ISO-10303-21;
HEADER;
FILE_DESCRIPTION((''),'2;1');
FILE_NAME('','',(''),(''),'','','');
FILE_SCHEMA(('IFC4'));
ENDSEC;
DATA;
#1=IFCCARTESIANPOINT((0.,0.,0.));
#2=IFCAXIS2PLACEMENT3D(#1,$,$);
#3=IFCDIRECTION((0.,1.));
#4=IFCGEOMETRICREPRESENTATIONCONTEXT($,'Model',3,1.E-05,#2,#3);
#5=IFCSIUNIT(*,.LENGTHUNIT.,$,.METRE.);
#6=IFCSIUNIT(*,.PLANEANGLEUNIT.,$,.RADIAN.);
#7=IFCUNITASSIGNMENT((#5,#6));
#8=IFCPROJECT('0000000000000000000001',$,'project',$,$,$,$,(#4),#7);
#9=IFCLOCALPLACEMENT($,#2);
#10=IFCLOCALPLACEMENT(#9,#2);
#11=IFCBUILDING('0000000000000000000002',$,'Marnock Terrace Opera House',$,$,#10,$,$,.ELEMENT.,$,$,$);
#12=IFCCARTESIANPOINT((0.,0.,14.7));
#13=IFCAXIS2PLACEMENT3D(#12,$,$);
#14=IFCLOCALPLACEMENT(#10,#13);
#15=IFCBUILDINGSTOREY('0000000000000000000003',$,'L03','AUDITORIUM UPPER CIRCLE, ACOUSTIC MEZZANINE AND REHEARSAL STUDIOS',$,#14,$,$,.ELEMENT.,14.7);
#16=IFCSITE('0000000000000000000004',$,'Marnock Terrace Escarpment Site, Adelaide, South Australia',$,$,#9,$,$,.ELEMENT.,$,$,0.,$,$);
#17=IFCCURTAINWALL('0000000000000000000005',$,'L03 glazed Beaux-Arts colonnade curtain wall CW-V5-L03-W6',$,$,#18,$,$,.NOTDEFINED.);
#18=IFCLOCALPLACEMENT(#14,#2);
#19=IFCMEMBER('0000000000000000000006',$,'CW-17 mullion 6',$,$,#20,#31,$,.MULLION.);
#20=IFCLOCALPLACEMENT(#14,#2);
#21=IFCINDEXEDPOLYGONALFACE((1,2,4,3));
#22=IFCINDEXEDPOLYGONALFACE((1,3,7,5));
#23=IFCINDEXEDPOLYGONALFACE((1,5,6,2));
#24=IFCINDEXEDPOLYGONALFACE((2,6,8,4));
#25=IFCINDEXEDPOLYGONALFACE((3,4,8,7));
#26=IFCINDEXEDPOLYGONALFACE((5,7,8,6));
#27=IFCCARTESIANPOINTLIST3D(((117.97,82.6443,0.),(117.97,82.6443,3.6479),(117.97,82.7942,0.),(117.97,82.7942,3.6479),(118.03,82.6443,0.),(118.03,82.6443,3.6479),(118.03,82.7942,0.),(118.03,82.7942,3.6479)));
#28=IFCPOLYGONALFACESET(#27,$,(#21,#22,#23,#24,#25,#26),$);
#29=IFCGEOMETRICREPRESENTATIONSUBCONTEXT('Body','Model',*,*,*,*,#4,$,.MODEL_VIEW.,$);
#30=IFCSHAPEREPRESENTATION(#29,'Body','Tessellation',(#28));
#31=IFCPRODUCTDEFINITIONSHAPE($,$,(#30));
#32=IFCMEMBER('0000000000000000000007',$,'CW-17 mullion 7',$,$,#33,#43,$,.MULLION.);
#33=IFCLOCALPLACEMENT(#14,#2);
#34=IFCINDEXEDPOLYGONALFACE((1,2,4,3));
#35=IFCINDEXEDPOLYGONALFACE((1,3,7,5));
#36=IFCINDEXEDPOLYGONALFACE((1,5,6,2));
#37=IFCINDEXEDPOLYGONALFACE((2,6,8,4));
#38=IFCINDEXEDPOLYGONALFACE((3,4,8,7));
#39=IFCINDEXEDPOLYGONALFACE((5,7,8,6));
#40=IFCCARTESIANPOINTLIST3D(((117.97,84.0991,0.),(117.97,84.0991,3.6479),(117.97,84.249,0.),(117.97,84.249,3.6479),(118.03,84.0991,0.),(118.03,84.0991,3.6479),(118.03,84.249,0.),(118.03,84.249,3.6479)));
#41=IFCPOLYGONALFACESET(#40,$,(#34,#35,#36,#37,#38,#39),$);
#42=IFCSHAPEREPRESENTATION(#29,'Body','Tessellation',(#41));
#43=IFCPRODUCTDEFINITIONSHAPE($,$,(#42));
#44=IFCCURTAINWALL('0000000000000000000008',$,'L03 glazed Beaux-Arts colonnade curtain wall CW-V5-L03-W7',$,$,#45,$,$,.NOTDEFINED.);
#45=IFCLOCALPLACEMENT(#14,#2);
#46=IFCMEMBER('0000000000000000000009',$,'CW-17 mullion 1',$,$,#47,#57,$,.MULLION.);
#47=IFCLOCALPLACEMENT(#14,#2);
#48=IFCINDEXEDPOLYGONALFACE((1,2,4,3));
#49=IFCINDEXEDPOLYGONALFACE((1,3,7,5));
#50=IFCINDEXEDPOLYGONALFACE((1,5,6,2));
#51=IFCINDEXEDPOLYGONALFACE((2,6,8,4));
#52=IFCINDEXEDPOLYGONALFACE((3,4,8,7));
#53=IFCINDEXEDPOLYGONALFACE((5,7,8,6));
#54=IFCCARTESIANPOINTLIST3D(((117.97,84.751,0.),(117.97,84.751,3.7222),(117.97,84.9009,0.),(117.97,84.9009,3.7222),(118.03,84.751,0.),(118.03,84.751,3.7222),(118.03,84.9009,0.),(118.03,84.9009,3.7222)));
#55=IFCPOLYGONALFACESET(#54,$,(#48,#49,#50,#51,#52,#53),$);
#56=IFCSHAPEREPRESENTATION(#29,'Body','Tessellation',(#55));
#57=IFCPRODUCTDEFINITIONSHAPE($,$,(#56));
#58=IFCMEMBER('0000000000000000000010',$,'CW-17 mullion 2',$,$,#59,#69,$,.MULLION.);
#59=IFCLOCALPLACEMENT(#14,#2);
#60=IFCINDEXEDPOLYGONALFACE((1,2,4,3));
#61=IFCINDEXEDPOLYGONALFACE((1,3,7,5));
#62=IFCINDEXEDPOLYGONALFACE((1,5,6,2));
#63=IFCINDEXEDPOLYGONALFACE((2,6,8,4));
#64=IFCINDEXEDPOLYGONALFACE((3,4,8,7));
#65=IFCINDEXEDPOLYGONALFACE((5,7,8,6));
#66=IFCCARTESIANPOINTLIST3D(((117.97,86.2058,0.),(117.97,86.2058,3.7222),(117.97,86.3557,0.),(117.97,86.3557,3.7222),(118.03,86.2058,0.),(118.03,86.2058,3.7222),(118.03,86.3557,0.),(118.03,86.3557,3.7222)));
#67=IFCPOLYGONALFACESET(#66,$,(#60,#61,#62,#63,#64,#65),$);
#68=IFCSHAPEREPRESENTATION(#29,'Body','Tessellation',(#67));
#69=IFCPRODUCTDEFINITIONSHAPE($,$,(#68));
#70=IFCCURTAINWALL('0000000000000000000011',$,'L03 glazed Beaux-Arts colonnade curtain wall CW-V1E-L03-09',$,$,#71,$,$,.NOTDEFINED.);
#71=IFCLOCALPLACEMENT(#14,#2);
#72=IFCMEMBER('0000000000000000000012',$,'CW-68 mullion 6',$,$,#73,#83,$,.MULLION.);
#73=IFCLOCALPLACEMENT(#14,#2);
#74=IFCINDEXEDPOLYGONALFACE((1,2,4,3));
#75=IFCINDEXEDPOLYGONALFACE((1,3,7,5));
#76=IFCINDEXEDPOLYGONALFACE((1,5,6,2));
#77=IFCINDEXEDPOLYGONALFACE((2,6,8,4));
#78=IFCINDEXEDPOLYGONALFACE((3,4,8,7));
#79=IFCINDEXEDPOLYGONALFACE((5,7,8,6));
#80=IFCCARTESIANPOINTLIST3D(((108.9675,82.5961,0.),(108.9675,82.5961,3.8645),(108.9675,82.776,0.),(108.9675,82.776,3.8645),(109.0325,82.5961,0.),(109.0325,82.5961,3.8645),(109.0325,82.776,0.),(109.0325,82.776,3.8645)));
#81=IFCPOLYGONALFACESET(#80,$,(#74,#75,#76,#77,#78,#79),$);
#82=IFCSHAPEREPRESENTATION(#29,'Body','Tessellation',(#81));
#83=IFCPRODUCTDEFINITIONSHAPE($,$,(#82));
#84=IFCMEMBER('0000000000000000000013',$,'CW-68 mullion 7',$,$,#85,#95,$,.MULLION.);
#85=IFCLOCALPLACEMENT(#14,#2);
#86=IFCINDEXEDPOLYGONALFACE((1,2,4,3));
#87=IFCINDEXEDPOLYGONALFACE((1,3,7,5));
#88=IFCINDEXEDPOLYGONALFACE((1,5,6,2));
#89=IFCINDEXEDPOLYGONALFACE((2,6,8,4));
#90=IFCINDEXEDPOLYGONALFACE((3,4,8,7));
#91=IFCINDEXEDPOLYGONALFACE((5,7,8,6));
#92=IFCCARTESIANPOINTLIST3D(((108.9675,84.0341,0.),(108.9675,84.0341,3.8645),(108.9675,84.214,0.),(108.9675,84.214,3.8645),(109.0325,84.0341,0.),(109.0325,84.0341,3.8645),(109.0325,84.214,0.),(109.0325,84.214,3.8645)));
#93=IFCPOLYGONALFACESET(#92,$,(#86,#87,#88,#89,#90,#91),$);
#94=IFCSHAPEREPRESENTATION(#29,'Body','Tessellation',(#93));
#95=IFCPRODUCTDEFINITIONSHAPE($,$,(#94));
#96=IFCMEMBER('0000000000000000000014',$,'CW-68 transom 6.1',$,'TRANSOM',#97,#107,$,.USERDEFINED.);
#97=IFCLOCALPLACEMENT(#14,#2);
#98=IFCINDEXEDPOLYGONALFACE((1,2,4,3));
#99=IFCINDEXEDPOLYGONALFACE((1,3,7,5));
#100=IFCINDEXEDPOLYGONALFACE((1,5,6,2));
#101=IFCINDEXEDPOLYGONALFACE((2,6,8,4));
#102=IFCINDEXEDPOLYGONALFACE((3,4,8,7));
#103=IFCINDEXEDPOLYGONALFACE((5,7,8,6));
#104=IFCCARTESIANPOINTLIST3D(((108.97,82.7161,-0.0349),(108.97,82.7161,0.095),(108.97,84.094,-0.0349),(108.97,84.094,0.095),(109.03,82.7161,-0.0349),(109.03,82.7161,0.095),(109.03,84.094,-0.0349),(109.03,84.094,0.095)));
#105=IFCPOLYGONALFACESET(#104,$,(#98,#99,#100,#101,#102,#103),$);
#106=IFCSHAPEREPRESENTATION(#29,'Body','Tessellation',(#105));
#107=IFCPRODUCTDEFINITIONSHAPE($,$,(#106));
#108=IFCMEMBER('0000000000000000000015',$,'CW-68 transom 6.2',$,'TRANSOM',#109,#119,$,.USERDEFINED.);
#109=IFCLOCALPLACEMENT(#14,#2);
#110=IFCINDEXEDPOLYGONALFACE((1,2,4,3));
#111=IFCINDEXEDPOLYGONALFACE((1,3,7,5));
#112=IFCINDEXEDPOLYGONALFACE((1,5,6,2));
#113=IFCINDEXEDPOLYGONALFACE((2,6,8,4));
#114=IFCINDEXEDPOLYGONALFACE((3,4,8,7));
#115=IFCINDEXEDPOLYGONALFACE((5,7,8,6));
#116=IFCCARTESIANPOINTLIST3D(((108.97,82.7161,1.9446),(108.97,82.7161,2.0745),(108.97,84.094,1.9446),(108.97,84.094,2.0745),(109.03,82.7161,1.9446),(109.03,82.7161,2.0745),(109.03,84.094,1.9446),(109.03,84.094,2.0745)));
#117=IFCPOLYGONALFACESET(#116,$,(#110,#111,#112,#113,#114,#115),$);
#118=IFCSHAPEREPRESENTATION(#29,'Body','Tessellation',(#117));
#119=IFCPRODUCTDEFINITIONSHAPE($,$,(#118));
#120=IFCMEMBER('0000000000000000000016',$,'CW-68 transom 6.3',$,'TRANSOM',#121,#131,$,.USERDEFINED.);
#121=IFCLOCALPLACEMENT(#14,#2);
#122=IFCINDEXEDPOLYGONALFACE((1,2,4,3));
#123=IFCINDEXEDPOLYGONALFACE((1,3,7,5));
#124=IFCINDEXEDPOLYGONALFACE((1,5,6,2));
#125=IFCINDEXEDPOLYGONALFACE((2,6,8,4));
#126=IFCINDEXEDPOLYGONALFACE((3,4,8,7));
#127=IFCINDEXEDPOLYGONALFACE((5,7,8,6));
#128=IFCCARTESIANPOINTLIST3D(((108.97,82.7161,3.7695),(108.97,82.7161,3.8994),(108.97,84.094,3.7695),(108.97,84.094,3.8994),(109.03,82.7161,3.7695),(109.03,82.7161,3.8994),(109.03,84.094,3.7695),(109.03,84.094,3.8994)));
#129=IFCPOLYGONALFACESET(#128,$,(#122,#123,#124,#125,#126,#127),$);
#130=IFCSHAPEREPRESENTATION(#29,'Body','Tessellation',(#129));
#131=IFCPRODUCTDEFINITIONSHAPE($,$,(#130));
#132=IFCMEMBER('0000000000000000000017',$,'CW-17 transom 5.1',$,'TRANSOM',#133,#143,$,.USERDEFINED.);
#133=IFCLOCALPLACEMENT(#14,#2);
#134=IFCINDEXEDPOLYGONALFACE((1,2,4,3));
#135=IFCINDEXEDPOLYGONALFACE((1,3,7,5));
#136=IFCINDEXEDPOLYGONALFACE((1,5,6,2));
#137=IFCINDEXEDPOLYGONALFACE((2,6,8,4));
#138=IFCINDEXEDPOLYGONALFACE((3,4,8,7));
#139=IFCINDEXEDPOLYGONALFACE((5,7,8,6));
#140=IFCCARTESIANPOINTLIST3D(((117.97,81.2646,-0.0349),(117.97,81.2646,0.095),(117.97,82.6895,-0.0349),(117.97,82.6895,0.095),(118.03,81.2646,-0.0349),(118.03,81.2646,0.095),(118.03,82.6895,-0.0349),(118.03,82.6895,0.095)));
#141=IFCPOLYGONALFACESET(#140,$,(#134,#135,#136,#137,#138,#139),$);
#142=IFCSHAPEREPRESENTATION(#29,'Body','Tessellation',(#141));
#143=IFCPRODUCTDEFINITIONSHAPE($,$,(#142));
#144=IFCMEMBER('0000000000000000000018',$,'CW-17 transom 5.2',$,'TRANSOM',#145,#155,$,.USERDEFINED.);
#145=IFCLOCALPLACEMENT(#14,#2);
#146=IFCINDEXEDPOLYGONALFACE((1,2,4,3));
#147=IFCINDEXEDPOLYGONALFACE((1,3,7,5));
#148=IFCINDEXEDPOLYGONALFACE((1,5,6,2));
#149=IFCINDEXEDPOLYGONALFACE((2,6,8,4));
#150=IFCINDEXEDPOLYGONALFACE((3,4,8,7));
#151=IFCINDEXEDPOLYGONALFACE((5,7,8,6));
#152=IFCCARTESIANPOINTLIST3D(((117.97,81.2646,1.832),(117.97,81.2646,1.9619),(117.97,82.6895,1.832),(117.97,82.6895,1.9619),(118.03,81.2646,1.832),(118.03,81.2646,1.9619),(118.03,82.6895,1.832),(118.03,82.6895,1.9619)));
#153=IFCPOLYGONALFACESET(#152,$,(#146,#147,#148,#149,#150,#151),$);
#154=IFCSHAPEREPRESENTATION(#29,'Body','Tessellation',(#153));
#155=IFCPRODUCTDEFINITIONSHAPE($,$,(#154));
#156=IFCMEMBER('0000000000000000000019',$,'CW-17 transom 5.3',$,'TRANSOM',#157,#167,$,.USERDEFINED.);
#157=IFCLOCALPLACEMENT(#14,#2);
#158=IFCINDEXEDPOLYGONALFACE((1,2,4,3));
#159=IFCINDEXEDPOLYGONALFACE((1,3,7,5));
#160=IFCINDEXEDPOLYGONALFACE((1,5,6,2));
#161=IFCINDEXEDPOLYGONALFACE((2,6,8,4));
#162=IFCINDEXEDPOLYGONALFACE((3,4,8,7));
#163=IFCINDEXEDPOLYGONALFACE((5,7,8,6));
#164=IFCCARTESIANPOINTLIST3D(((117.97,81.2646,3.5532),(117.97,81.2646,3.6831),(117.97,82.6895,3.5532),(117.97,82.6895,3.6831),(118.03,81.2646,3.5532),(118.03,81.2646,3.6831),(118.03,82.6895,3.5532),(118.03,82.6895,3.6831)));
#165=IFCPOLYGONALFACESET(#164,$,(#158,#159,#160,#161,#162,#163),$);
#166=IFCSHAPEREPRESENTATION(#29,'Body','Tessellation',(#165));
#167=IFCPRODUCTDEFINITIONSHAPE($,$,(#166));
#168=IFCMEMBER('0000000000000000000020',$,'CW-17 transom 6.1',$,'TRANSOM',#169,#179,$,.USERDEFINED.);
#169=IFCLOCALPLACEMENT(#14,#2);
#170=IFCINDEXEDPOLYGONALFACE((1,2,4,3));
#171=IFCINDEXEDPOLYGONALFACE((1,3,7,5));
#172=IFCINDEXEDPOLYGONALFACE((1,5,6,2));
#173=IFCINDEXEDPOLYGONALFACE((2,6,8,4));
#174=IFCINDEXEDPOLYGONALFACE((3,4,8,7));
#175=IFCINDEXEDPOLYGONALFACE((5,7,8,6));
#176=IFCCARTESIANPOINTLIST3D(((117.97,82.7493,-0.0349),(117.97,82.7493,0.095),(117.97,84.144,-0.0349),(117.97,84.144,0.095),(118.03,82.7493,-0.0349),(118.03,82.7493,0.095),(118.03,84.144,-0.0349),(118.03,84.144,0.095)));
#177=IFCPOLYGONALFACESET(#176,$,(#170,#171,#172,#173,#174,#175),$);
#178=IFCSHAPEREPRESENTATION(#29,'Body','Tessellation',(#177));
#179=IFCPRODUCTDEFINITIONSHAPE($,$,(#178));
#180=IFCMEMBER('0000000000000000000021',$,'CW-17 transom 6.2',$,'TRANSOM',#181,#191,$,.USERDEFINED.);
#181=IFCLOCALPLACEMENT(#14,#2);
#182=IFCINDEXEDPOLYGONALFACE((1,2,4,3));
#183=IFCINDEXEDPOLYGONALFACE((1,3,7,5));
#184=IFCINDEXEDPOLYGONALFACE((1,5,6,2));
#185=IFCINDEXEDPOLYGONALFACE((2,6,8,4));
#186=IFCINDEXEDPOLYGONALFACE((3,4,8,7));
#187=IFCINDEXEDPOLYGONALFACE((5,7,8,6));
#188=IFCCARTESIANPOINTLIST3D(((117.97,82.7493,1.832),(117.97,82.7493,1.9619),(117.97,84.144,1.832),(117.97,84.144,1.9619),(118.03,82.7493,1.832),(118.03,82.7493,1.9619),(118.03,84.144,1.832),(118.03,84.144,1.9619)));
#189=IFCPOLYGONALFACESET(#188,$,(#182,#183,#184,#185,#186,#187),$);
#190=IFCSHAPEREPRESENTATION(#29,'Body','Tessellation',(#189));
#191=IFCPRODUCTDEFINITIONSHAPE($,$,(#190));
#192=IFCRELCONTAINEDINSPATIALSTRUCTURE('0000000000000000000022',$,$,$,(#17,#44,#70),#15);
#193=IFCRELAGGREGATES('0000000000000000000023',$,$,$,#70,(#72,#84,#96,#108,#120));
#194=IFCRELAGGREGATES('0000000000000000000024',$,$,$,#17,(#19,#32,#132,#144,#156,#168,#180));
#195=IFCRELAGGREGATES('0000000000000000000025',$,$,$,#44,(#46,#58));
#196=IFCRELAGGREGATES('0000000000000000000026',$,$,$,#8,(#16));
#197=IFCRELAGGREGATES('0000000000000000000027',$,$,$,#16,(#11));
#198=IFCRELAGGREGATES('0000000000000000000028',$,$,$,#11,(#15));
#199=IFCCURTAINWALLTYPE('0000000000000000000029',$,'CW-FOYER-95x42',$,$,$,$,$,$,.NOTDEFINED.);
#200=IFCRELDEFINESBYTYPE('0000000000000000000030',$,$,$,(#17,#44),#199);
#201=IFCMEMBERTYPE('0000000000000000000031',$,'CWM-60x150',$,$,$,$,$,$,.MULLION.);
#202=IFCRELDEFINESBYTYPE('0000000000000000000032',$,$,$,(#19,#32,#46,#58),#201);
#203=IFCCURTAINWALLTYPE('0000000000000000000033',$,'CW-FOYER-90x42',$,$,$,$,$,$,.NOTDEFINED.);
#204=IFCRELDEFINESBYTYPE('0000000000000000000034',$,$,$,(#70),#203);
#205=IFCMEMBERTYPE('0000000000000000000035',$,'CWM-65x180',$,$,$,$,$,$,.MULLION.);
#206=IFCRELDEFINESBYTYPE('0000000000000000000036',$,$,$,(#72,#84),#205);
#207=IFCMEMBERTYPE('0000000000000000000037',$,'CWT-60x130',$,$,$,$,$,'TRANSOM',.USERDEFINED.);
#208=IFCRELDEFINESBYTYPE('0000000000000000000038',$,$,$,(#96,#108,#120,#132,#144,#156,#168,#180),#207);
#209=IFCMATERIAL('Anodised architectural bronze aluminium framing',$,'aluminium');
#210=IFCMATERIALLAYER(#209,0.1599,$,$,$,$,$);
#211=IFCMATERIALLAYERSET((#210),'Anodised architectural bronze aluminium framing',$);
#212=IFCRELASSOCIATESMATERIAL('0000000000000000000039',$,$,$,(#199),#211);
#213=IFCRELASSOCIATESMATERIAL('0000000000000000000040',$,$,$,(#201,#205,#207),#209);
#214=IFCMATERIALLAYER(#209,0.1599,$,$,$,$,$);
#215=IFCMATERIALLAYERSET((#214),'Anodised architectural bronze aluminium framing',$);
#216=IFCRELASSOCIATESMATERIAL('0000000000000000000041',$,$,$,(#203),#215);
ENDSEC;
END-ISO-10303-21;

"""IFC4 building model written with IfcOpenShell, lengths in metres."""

from ifc_helpers import new_model, si_unit, direction, frame, origin, origin_2d, place, context, subcontext, project, spatial, rectangle, extrude, material, layer, layer_set, material_profile, profile_set, type_object, element, aggregate, save


model = new_model("IFC4")

# Units and contexts
model_context = context("Model", 3, precision=1e-05, world=origin(), true_north=direction((0.0, 1.0)))
body_context = subcontext(model_context, "Body", "Model", "MODEL_VIEW")
ifc_project = project(units=[si_unit("LENGTHUNIT", "METRE"), si_unit("PLANEANGLEUNIT", "RADIAN")], contexts=[model_context])

# Site, building, storey
site_placement = place(None, origin())
site = spatial("IfcSite", under=ifc_project, at=site_placement, Name="Marnock Terrace Escarpment Site, Adelaide, South Australia", CompositionType="ELEMENT", RefElevation=0.0)
building_placement = place(site_placement, origin())
building = spatial("IfcBuilding", under=site, at=building_placement, Name="Marnock Terrace Opera House", CompositionType="ELEMENT")
storey_placement = place(building_placement, frame((0.0, 0.0, 14.7)))
storey = spatial("IfcBuildingStorey", under=building, at=storey_placement, Name="L03", Description="AUDITORIUM UPPER CIRCLE, ACOUSTIC MEZZANINE AND REHEARSAL STUDIOS", CompositionType="ELEMENT", Elevation=14.7)

# Curtain walls, members
ifc_material_1 = material(Name="Anodised architectural bronze aluminium framing", Category="aluminium")
ifc_layer_1 = layer(ifc_material_1, 0.1599)
ifc_layer_set_1 = layer_set([ifc_layer_1], Name="Anodised architectural bronze aluminium framing")
curtain_wall_type_1 = type_object("IfcCurtainWallType", Name="CW-FOYER-95x42", PredefinedType="NOTDEFINED", material=ifc_layer_set_1)
curtain_wall_1_placement = place(storey_placement, origin())
curtain_wall_1 = element("IfcCurtainWall", 1, at=curtain_wall_1_placement, inside=storey, type_object=curtain_wall_type_1, Name="L03 glazed Beaux-Arts colonnade curtain wall CW-V5-L03-W6", PredefinedType="NOTDEFINED")
ifc_material_profile_1 = material_profile(ifc_material_1, rectangle(XDim=0.0601, YDim=0.1499, at=origin_2d()))
ifc_profile_set_1 = profile_set([ifc_material_profile_1], Name="Anodised architectural bronze aluminium framing")
member_type_1 = type_object("IfcMemberType", Name="CWM-60x150", PredefinedType="MULLION", material=ifc_profile_set_1)
member_1_placement = place(storey_placement, frame((118.0, 82.7192, 0.0), z_axis=(0.0, 0.0, 1.0), x_axis=(-1.0, 0.0, 0.0)))
member_1 = element("IfcMember", 2, at=member_1_placement, type_object=member_type_1, Name="CW-17 mullion 6", PredefinedType="MULLION", context=body_context, shape_type="SweptSolid", body=[
    extrude(rectangle(XDim=0.0601, YDim=0.1499, at=origin_2d()), origin(), (0.0, 0.0, 1.0), 3.6479),
])
member_2_placement = place(storey_placement, frame((118.0, 84.1741, 0.0), z_axis=(0.0, 0.0, 1.0), x_axis=(-1.0, 0.0, 0.0)))
member_2 = element("IfcMember", 3, at=member_2_placement, type_object=member_type_1, Name="CW-17 mullion 7", PredefinedType="MULLION", context=body_context, shape_type="SweptSolid", body=[
    extrude(rectangle(XDim=0.0601, YDim=0.1499, at=origin_2d()), origin(), (0.0, 0.0, 1.0), 3.6479),
])
curtain_wall_2_placement = place(storey_placement, origin())
curtain_wall_2 = element("IfcCurtainWall", 4, at=curtain_wall_2_placement, inside=storey, type_object=curtain_wall_type_1, Name="L03 glazed Beaux-Arts colonnade curtain wall CW-V5-L03-W7", PredefinedType="NOTDEFINED")
member_3_placement = place(storey_placement, frame((118.0, 84.8259, 0.0), z_axis=(0.0, 0.0, 1.0), x_axis=(-1.0, 0.0, 0.0)))
member_3 = element("IfcMember", 5, at=member_3_placement, type_object=member_type_1, Name="CW-17 mullion 1", PredefinedType="MULLION", context=body_context, shape_type="SweptSolid", body=[
    extrude(rectangle(XDim=0.0601, YDim=0.1499, at=origin_2d()), origin(), (0.0, 0.0, 1.0), 3.7222),
])
member_4_placement = place(storey_placement, frame((118.0, 86.2808, 0.0), z_axis=(0.0, 0.0, 1.0), x_axis=(-1.0, 0.0, 0.0)))
member_4 = element("IfcMember", 6, at=member_4_placement, type_object=member_type_1, Name="CW-17 mullion 2", PredefinedType="MULLION", context=body_context, shape_type="SweptSolid", body=[
    extrude(rectangle(XDim=0.0601, YDim=0.1499, at=origin_2d()), origin(), (0.0, 0.0, 1.0), 3.7222),
])
ifc_layer_2 = layer(ifc_material_1, 0.1599)
ifc_layer_set_2 = layer_set([ifc_layer_2], Name="Anodised architectural bronze aluminium framing")
curtain_wall_type_2 = type_object("IfcCurtainWallType", Name="CW-FOYER-90x42", PredefinedType="NOTDEFINED", material=ifc_layer_set_2)
curtain_wall_3_placement = place(storey_placement, origin())
curtain_wall_3 = element("IfcCurtainWall", 7, at=curtain_wall_3_placement, inside=storey, type_object=curtain_wall_type_2, Name="L03 glazed Beaux-Arts colonnade curtain wall CW-V1E-L03-09", PredefinedType="NOTDEFINED")
ifc_material_profile_2 = material_profile(ifc_material_1, rectangle(XDim=0.0649, YDim=0.1799, at=origin_2d()))
ifc_profile_set_2 = profile_set([ifc_material_profile_2], Name="Anodised architectural bronze aluminium framing")
member_type_2 = type_object("IfcMemberType", Name="CWM-65x180", PredefinedType="MULLION", material=ifc_profile_set_2)
member_5_placement = place(storey_placement, frame((109.0, 82.686, 0.0), z_axis=(0.0, 0.0, 1.0), x_axis=(-1.0, 0.0, 0.0)))
member_5 = element("IfcMember", 8, at=member_5_placement, type_object=member_type_2, Name="CW-68 mullion 6", PredefinedType="MULLION", context=body_context, shape_type="SweptSolid", body=[
    extrude(rectangle(XDim=0.0649, YDim=0.1799, at=origin_2d()), origin(), (0.0, 0.0, 1.0), 3.8645),
])
member_6_placement = place(storey_placement, frame((109.0, 84.124, 0.0), z_axis=(0.0, 0.0, 1.0), x_axis=(-1.0, 0.0, 0.0)))
member_6 = element("IfcMember", 9, at=member_6_placement, type_object=member_type_2, Name="CW-68 mullion 7", PredefinedType="MULLION", context=body_context, shape_type="SweptSolid", body=[
    extrude(rectangle(XDim=0.0649, YDim=0.1799, at=origin_2d()), origin(), (0.0, 0.0, 1.0), 3.8645),
])
ifc_material_profile_3 = material_profile(ifc_material_1, rectangle(XDim=0.0601, YDim=0.1299, at=origin_2d()))
ifc_profile_set_3 = profile_set([ifc_material_profile_3], Name="Anodised architectural bronze aluminium framing")
member_type_3 = type_object("IfcMemberType", Name="CWT-60x130", ElementType="TRANSOM", PredefinedType="USERDEFINED", material=ifc_profile_set_3)
member_7_placement = place(storey_placement, frame((109.0, 82.7161, 0.03), z_axis=(0.0, 1.0, 0.0), x_axis=(-1.0, 0.0, 0.0)))
member_7 = element("IfcMember", 10, at=member_7_placement, type_object=member_type_3, Name="CW-68 transom 6.1", ObjectType="TRANSOM", PredefinedType="USERDEFINED", context=body_context, shape_type="SweptSolid", body=[
    extrude(rectangle(XDim=0.0601, YDim=0.1299, at=origin_2d()), origin(), (0.0, 0.0, 1.0), 1.3779),
])
member_8_placement = place(storey_placement, frame((109.0, 82.7161, 2.0095), z_axis=(0.0, 1.0, 0.0), x_axis=(-1.0, 0.0, 0.0)))
member_8 = element("IfcMember", 11, at=member_8_placement, type_object=member_type_3, Name="CW-68 transom 6.2", ObjectType="TRANSOM", PredefinedType="USERDEFINED", context=body_context, shape_type="SweptSolid", body=[
    extrude(rectangle(XDim=0.0601, YDim=0.1299, at=origin_2d()), origin(), (0.0, 0.0, 1.0), 1.3779),
])
member_9_placement = place(storey_placement, frame((109.0, 82.7161, 3.8345), z_axis=(0.0, 1.0, 0.0), x_axis=(-1.0, 0.0, 0.0)))
member_9 = element("IfcMember", 12, at=member_9_placement, type_object=member_type_3, Name="CW-68 transom 6.3", ObjectType="TRANSOM", PredefinedType="USERDEFINED", context=body_context, shape_type="SweptSolid", body=[
    extrude(rectangle(XDim=0.0601, YDim=0.1299, at=origin_2d()), origin(), (0.0, 0.0, 1.0), 1.3779),
])

# Members
member_10_placement = place(storey_placement, frame((118.0, 81.2646, 0.03), z_axis=(0.0, 1.0, 0.0), x_axis=(-1.0, 0.0, 0.0)))
member_10 = element("IfcMember", 13, at=member_10_placement, type_object=member_type_3, Name="CW-17 transom 5.1", ObjectType="TRANSOM", PredefinedType="USERDEFINED", context=body_context, shape_type="SweptSolid", body=[
    extrude(rectangle(XDim=0.0601, YDim=0.1299, at=origin_2d()), origin(), (0.0, 0.0, 1.0), 1.4248),
])
member_11_placement = place(storey_placement, frame((118.0, 81.2646, 1.897), z_axis=(0.0, 1.0, 0.0), x_axis=(-1.0, 0.0, 0.0)))
member_11 = element("IfcMember", 14, at=member_11_placement, type_object=member_type_3, Name="CW-17 transom 5.2", ObjectType="TRANSOM", PredefinedType="USERDEFINED", context=body_context, shape_type="SweptSolid", body=[
    extrude(rectangle(XDim=0.0601, YDim=0.1299, at=origin_2d()), origin(), (0.0, 0.0, 1.0), 1.4248),
])
member_12_placement = place(storey_placement, frame((118.0, 81.2646, 3.6182), z_axis=(0.0, 1.0, 0.0), x_axis=(-1.0, 0.0, 0.0)))
member_12 = element("IfcMember", 15, at=member_12_placement, type_object=member_type_3, Name="CW-17 transom 5.3", ObjectType="TRANSOM", PredefinedType="USERDEFINED", context=body_context, shape_type="SweptSolid", body=[
    extrude(rectangle(XDim=0.0601, YDim=0.1299, at=origin_2d()), origin(), (0.0, 0.0, 1.0), 1.4248),
])
member_13_placement = place(storey_placement, frame((118.0, 82.7493, 0.03), z_axis=(0.0, 1.0, 0.0), x_axis=(-1.0, 0.0, 0.0)))
member_13 = element("IfcMember", 16, at=member_13_placement, type_object=member_type_3, Name="CW-17 transom 6.1", ObjectType="TRANSOM", PredefinedType="USERDEFINED", context=body_context, shape_type="SweptSolid", body=[
    extrude(rectangle(XDim=0.0601, YDim=0.1299, at=origin_2d()), origin(), (0.0, 0.0, 1.0), 1.3948),
])
member_14_placement = place(storey_placement, frame((118.0, 82.7493, 1.897), z_axis=(0.0, 1.0, 0.0), x_axis=(-1.0, 0.0, 0.0)))
member_14 = element("IfcMember", 17, at=member_14_placement, type_object=member_type_3, Name="CW-17 transom 6.2", ObjectType="TRANSOM", PredefinedType="USERDEFINED", context=body_context, shape_type="SweptSolid", body=[
    extrude(rectangle(XDim=0.0601, YDim=0.1299, at=origin_2d()), origin(), (0.0, 0.0, 1.0), 1.3948),
])

aggregate(curtain_wall_3, [member_5, member_6, member_7, member_8, member_9])
aggregate(curtain_wall_1, [member_1, member_2, member_10, member_11, member_12, member_13, member_14])
aggregate(curtain_wall_2, [member_3, member_4])

save(model, "model.ifc")
